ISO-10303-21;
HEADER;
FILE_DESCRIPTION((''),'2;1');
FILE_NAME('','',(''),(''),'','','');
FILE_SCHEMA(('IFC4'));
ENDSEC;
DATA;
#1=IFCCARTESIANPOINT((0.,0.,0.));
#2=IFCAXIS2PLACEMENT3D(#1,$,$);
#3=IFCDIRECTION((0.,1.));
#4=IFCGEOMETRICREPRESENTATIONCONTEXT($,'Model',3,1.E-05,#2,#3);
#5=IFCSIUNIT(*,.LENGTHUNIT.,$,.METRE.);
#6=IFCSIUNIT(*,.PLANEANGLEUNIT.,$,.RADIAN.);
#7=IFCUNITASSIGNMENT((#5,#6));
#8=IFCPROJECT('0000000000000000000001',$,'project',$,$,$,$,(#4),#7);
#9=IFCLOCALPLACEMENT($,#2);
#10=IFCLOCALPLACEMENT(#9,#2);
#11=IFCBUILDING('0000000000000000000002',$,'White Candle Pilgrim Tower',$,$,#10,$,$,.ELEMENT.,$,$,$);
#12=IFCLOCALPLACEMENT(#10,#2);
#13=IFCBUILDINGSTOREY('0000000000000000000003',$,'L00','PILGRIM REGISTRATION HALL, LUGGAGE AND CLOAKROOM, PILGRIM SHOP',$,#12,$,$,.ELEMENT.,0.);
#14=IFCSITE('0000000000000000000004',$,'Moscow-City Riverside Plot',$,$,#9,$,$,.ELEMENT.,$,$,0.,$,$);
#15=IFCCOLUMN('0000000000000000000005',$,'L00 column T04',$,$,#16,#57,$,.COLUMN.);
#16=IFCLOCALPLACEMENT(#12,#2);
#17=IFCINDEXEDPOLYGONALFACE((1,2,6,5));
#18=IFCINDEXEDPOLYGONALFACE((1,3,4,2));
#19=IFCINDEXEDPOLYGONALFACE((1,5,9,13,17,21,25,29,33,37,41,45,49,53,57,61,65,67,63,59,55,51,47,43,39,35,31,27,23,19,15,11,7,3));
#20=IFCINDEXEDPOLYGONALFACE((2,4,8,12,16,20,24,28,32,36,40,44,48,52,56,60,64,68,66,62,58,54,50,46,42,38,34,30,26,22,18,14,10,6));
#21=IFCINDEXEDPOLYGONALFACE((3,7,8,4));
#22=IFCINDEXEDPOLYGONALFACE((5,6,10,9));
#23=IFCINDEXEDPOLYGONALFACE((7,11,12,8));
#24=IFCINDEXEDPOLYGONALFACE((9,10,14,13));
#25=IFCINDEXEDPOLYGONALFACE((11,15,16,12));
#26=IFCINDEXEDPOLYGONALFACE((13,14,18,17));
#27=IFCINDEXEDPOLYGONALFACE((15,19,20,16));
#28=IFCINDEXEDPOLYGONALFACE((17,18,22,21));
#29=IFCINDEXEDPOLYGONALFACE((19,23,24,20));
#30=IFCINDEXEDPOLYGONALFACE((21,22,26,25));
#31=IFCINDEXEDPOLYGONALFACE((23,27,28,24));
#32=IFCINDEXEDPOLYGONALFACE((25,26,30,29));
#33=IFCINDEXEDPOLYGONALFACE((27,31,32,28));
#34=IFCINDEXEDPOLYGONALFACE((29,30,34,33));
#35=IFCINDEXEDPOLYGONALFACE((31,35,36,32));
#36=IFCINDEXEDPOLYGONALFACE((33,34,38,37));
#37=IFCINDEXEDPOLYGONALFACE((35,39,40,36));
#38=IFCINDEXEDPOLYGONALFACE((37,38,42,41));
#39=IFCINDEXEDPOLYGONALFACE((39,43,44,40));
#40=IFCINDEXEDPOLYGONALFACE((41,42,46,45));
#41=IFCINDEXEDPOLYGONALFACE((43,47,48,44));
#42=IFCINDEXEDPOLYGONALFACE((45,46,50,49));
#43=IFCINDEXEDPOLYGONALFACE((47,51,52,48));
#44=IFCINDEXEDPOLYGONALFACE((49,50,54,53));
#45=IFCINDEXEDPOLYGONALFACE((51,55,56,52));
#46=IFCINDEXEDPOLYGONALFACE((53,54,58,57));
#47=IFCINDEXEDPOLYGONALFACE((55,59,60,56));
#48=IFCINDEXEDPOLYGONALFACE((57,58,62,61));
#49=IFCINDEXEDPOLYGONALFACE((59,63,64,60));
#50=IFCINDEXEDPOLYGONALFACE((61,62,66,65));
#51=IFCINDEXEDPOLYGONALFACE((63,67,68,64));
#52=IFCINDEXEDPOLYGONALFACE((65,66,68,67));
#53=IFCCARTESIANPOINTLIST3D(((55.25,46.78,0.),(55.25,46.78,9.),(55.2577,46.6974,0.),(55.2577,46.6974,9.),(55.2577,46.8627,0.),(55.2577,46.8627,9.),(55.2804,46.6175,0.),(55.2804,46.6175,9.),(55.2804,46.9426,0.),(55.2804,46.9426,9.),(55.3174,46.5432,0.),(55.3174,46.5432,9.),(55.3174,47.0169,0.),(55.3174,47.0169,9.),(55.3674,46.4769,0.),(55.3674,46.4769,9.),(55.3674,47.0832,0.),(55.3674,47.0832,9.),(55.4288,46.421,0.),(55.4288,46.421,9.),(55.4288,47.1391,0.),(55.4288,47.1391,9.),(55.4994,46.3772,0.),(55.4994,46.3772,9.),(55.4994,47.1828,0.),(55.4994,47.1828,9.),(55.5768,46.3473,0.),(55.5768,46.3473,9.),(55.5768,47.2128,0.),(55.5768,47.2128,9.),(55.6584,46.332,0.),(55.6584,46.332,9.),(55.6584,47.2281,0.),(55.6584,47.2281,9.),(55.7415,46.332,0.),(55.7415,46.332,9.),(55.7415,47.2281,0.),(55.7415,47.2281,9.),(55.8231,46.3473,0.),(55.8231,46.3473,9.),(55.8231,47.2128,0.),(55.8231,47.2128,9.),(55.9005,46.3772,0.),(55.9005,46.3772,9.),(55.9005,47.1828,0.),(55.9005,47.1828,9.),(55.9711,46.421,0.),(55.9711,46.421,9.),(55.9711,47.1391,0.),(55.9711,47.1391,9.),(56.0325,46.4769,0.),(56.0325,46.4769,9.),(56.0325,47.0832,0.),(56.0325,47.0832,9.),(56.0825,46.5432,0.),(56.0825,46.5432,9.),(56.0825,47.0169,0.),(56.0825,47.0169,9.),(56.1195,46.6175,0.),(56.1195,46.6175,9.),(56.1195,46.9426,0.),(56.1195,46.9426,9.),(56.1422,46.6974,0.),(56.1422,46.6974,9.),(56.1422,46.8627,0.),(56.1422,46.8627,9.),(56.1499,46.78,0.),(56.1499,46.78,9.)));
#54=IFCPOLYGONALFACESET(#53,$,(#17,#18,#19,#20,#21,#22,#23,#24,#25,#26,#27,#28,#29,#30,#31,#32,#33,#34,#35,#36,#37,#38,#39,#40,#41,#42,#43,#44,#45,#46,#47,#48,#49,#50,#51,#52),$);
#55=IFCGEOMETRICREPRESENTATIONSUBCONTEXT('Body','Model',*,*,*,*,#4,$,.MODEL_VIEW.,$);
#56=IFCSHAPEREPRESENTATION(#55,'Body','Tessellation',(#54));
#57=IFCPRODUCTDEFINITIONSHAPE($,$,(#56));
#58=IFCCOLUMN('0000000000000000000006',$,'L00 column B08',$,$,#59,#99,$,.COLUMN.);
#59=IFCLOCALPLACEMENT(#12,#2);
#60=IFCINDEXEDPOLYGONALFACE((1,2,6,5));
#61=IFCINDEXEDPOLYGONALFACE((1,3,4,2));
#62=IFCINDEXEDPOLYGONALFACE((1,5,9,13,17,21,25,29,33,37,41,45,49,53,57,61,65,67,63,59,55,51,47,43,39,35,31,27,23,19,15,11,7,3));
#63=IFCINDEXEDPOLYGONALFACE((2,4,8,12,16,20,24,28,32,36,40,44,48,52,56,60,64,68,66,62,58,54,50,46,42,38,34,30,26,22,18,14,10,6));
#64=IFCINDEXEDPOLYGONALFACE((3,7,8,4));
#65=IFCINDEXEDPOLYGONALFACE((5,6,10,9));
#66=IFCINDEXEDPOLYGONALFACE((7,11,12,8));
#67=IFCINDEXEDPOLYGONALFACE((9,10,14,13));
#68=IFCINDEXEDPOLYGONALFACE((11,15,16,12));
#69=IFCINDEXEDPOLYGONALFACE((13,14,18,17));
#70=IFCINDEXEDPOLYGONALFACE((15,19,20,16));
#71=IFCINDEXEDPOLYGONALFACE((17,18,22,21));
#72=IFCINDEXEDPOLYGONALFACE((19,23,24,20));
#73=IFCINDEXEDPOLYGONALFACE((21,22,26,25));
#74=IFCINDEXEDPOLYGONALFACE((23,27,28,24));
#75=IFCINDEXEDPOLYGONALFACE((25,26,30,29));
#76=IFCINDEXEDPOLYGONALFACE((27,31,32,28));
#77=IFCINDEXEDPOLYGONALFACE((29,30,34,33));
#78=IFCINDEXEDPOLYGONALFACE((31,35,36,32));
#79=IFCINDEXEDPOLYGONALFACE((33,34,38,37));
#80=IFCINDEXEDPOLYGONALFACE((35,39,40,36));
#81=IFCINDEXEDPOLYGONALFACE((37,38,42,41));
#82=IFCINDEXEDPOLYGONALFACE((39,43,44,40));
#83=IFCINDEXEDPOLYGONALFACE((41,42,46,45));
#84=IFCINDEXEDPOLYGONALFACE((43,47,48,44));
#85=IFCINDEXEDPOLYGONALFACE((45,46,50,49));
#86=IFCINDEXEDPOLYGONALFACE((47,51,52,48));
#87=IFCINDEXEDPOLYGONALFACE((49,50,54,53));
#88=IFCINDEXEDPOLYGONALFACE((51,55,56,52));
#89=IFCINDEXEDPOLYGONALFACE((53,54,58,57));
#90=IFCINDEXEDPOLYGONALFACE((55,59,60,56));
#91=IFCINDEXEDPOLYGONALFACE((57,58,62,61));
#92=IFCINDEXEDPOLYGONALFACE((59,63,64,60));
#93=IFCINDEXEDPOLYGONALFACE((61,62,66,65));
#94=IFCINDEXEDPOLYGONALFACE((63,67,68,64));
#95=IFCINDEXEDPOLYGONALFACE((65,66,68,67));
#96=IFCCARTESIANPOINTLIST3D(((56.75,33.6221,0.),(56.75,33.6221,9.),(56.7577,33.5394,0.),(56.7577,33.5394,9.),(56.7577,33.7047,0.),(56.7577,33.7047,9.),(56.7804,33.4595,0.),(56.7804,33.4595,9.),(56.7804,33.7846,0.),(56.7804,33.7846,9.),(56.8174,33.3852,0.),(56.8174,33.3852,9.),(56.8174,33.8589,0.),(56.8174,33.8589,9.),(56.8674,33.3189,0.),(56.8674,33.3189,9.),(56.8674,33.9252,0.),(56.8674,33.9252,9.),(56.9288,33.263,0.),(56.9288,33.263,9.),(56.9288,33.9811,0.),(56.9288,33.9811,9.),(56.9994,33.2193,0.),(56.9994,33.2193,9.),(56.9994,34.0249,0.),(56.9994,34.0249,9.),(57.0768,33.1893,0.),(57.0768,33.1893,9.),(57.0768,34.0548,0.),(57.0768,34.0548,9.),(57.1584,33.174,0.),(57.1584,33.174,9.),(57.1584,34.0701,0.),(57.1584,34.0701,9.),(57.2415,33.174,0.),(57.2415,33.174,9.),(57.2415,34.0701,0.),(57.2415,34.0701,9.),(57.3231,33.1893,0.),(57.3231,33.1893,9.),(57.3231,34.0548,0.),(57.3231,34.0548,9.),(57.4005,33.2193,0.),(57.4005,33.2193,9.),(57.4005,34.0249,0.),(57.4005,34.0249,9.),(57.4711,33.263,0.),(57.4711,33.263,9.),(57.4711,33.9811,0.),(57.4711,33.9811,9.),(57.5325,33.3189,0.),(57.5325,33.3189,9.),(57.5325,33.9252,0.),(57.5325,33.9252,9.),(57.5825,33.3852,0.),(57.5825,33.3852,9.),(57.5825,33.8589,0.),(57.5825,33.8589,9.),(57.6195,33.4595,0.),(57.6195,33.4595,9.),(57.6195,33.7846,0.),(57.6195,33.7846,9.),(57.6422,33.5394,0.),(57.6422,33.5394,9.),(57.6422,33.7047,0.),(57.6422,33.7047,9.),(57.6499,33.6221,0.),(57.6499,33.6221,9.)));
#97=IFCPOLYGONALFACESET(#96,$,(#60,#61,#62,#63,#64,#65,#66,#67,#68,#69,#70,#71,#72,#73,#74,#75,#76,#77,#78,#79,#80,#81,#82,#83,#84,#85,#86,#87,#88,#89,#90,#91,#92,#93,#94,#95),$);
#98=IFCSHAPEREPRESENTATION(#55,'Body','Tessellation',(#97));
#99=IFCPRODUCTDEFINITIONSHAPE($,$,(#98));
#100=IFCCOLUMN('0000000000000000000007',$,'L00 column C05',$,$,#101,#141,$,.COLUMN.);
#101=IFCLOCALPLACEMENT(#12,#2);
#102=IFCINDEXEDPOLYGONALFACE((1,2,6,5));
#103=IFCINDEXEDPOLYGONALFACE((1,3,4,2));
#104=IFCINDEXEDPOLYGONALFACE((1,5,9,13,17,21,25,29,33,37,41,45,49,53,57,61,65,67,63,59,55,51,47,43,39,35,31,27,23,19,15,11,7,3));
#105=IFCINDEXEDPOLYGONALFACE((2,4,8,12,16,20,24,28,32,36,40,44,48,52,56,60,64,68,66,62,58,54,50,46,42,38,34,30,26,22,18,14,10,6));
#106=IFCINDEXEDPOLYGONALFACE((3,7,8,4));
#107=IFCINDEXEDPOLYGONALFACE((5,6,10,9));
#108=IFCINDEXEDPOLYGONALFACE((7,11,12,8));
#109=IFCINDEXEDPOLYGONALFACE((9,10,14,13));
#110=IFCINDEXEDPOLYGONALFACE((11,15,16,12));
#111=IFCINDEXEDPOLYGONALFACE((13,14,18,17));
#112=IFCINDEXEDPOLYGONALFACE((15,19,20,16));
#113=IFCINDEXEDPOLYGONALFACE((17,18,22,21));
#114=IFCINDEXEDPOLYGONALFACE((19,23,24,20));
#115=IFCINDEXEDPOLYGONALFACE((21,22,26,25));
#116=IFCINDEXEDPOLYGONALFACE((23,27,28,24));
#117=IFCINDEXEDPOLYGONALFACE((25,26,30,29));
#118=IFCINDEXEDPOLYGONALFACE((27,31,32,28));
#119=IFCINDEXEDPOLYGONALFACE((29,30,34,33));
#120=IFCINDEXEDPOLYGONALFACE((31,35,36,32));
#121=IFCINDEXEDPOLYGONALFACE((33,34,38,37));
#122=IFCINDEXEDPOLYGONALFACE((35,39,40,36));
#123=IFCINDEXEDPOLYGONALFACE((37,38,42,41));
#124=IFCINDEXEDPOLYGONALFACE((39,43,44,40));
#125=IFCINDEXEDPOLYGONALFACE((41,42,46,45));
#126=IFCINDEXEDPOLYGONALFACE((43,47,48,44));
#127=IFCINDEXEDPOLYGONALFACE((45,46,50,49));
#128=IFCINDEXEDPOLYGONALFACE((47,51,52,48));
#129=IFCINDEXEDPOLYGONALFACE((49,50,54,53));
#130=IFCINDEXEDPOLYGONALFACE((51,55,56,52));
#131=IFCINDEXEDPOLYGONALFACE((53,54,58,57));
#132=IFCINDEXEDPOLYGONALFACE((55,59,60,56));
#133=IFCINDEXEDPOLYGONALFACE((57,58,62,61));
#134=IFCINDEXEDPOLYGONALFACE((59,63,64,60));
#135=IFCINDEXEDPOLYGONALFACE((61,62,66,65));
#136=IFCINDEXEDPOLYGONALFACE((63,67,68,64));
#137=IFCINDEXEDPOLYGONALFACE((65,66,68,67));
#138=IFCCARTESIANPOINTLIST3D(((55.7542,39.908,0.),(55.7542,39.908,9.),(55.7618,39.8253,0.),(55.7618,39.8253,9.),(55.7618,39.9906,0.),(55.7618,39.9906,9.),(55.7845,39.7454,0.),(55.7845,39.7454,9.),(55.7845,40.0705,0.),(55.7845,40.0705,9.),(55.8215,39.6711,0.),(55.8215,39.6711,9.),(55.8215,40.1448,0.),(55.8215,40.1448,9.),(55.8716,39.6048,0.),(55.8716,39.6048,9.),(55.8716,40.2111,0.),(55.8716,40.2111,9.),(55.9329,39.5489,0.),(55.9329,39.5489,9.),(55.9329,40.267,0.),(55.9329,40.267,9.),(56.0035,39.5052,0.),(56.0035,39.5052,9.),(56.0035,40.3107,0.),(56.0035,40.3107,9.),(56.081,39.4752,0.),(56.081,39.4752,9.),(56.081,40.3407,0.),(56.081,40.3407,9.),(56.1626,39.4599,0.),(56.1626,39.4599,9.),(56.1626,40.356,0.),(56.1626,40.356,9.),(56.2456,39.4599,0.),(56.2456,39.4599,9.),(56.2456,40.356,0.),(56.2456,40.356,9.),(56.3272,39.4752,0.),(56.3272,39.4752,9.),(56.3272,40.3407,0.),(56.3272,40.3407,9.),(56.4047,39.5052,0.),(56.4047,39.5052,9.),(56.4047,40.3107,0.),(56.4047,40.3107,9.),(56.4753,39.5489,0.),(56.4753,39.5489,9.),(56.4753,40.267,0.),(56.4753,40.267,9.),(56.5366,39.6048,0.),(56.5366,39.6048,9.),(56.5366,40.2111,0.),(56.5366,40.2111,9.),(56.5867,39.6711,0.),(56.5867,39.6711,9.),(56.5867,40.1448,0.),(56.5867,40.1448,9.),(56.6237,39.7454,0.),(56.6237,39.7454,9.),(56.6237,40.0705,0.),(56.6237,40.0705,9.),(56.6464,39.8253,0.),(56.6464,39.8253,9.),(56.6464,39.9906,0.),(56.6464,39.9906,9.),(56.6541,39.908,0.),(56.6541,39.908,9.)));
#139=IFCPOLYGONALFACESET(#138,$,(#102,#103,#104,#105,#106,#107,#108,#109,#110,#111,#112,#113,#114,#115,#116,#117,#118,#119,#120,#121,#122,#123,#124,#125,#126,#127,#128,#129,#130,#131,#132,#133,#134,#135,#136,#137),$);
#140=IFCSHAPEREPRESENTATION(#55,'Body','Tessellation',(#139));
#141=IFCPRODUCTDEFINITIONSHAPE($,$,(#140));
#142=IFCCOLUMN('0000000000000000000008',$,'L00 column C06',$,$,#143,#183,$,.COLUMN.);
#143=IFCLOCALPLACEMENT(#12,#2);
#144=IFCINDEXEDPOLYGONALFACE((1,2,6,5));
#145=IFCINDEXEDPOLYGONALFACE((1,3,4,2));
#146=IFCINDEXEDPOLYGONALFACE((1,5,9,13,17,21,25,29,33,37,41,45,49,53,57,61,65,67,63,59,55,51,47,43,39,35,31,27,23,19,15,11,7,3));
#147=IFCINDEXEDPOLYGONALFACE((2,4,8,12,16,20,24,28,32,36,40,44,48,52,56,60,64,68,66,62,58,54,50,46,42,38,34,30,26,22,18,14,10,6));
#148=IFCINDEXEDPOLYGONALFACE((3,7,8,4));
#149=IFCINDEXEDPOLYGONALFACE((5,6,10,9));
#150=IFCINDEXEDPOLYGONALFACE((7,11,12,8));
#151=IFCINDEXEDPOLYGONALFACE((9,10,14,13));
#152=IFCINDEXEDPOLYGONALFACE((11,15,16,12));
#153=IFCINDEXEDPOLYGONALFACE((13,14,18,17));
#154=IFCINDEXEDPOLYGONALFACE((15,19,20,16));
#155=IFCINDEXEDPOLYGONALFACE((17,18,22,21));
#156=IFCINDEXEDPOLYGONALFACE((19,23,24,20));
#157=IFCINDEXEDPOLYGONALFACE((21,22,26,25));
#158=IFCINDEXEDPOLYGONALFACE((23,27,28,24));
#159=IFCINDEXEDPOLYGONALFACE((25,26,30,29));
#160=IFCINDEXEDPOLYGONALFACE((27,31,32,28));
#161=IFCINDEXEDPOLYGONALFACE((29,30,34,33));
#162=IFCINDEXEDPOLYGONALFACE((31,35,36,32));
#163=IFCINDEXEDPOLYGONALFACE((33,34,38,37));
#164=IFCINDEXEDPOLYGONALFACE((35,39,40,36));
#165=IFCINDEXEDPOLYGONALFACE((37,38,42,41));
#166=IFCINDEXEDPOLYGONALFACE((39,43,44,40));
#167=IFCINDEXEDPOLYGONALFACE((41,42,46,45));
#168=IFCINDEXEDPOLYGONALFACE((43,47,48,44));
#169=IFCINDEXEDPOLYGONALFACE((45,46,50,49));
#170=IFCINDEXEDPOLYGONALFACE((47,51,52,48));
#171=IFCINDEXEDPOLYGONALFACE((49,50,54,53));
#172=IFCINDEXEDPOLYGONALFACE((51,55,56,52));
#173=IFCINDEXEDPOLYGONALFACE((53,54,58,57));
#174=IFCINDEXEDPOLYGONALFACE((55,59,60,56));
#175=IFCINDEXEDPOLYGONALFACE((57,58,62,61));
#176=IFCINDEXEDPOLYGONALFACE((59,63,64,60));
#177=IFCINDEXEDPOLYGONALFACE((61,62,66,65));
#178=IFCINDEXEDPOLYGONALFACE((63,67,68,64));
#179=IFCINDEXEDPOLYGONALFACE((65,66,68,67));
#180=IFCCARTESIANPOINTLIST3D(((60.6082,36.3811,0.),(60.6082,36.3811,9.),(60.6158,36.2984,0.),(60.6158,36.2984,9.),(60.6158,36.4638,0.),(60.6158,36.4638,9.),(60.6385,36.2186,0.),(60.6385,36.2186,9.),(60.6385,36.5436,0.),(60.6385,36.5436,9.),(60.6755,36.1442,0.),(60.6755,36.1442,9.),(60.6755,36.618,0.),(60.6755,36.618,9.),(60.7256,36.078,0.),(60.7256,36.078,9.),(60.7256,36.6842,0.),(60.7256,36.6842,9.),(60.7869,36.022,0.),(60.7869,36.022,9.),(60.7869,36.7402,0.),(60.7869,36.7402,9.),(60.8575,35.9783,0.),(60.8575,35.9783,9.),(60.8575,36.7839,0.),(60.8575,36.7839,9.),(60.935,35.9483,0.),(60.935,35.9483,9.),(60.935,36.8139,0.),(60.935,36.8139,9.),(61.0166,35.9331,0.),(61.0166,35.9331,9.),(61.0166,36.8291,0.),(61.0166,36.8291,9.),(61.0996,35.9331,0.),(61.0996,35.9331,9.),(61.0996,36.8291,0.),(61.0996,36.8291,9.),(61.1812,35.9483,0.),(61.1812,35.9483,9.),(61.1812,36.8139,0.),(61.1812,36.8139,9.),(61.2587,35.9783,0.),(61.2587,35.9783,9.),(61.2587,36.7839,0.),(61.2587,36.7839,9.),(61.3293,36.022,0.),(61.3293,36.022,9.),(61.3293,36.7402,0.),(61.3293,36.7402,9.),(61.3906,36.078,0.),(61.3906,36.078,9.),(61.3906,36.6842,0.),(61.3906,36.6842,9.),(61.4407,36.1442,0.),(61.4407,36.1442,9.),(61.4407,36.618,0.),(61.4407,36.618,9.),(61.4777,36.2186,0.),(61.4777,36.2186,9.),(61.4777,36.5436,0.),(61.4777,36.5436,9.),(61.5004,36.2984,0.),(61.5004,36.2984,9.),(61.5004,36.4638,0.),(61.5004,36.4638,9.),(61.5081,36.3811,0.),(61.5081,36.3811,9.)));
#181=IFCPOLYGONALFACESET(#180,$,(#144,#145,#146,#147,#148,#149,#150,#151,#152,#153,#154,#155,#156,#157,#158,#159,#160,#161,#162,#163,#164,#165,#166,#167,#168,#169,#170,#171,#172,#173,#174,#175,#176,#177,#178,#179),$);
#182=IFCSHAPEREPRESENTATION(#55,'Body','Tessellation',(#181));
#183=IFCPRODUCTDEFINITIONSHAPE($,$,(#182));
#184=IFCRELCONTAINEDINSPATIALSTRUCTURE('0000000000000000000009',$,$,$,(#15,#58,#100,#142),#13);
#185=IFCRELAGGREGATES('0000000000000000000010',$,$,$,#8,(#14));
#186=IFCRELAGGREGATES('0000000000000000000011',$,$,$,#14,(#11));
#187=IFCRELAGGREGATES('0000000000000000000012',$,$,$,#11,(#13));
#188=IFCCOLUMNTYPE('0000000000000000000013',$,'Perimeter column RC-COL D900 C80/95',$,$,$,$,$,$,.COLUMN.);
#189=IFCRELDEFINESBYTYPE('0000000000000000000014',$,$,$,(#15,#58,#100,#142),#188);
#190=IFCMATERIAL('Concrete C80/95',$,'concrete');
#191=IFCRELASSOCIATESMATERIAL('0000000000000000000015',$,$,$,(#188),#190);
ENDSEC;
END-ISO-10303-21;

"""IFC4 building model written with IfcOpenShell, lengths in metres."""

from ifc_helpers import new_model, si_unit, direction, frame, origin, origin_2d, place, context, subcontext, project, spatial, circle, extrude, material, material_profile, profile_set, type_object, element, save


model = new_model("IFC4")

# Units and contexts
model_context = context("Model", 3, precision=1e-05, world=origin(), true_north=direction((0.0, 1.0)))
body_context = subcontext(model_context, "Body", "Model", "MODEL_VIEW")
ifc_project = project(units=[si_unit("LENGTHUNIT", "METRE"), si_unit("PLANEANGLEUNIT", "RADIAN")], contexts=[model_context])

# Site, building, storey
site_placement = place(None, origin())
site = spatial("IfcSite", under=ifc_project, at=site_placement, Name="Moscow-City Riverside Plot", CompositionType="ELEMENT", RefElevation=0.0)
building_placement = place(site_placement, origin())
building = spatial("IfcBuilding", under=site, at=building_placement, Name="White Candle Pilgrim Tower", CompositionType="ELEMENT")
storey_placement = place(building_placement, origin())
storey = spatial("IfcBuildingStorey", under=building, at=storey_placement, Name="L00", Description="PILGRIM REGISTRATION HALL, LUGGAGE AND CLOAKROOM, PILGRIM SHOP", CompositionType="ELEMENT", Elevation=0.0)

# Columns
ifc_material_1 = material(Name="Concrete C80/95", Category="concrete")
ifc_material_profile_1 = material_profile(ifc_material_1, circle(Radius=0.45, at=origin_2d()), Name="RC-COL D900")
ifc_profile_set_1 = profile_set([ifc_material_profile_1], Name="Concrete C80/95")
column_type = type_object("IfcColumnType", Name="Perimeter column RC-COL D900 C80/95", PredefinedType="COLUMN", material=ifc_profile_set_1)
for number, where, z_axis, x_axis, name in (
    (1, (55.7, 46.78, 0.0), (0.0, 0.0, 1.0), (1.0, 0.0, 0.0), "L00 column T04"),
    (2, (57.2, 33.6221, 0.0), (0.0, 0.0, 1.0), (1.0, 0.0, 0.0), "L00 column B08"),
    (3, (56.2041, 39.908, 0.0), (0.0, 0.0, 1.0), (1.0, 0.0, 0.0), "L00 column C05"),
    (4, (61.0581, 36.3811, 0.0), (0.0, 0.0, 1.0), (1.0, 0.0, 0.0), "L00 column C06"),
):
    element("IfcColumn", number, at=place(storey_placement, frame(where, z_axis=z_axis, x_axis=x_axis)), inside=storey, type_object=column_type, Name=name, PredefinedType="COLUMN", context=body_context, shape_type="SweptSolid", body=[
        extrude(circle(Radius=0.45, at=origin_2d()), origin(), (0.0, 0.0, 1.0), 9.0),
    ])

save(model, "model.ifc")
